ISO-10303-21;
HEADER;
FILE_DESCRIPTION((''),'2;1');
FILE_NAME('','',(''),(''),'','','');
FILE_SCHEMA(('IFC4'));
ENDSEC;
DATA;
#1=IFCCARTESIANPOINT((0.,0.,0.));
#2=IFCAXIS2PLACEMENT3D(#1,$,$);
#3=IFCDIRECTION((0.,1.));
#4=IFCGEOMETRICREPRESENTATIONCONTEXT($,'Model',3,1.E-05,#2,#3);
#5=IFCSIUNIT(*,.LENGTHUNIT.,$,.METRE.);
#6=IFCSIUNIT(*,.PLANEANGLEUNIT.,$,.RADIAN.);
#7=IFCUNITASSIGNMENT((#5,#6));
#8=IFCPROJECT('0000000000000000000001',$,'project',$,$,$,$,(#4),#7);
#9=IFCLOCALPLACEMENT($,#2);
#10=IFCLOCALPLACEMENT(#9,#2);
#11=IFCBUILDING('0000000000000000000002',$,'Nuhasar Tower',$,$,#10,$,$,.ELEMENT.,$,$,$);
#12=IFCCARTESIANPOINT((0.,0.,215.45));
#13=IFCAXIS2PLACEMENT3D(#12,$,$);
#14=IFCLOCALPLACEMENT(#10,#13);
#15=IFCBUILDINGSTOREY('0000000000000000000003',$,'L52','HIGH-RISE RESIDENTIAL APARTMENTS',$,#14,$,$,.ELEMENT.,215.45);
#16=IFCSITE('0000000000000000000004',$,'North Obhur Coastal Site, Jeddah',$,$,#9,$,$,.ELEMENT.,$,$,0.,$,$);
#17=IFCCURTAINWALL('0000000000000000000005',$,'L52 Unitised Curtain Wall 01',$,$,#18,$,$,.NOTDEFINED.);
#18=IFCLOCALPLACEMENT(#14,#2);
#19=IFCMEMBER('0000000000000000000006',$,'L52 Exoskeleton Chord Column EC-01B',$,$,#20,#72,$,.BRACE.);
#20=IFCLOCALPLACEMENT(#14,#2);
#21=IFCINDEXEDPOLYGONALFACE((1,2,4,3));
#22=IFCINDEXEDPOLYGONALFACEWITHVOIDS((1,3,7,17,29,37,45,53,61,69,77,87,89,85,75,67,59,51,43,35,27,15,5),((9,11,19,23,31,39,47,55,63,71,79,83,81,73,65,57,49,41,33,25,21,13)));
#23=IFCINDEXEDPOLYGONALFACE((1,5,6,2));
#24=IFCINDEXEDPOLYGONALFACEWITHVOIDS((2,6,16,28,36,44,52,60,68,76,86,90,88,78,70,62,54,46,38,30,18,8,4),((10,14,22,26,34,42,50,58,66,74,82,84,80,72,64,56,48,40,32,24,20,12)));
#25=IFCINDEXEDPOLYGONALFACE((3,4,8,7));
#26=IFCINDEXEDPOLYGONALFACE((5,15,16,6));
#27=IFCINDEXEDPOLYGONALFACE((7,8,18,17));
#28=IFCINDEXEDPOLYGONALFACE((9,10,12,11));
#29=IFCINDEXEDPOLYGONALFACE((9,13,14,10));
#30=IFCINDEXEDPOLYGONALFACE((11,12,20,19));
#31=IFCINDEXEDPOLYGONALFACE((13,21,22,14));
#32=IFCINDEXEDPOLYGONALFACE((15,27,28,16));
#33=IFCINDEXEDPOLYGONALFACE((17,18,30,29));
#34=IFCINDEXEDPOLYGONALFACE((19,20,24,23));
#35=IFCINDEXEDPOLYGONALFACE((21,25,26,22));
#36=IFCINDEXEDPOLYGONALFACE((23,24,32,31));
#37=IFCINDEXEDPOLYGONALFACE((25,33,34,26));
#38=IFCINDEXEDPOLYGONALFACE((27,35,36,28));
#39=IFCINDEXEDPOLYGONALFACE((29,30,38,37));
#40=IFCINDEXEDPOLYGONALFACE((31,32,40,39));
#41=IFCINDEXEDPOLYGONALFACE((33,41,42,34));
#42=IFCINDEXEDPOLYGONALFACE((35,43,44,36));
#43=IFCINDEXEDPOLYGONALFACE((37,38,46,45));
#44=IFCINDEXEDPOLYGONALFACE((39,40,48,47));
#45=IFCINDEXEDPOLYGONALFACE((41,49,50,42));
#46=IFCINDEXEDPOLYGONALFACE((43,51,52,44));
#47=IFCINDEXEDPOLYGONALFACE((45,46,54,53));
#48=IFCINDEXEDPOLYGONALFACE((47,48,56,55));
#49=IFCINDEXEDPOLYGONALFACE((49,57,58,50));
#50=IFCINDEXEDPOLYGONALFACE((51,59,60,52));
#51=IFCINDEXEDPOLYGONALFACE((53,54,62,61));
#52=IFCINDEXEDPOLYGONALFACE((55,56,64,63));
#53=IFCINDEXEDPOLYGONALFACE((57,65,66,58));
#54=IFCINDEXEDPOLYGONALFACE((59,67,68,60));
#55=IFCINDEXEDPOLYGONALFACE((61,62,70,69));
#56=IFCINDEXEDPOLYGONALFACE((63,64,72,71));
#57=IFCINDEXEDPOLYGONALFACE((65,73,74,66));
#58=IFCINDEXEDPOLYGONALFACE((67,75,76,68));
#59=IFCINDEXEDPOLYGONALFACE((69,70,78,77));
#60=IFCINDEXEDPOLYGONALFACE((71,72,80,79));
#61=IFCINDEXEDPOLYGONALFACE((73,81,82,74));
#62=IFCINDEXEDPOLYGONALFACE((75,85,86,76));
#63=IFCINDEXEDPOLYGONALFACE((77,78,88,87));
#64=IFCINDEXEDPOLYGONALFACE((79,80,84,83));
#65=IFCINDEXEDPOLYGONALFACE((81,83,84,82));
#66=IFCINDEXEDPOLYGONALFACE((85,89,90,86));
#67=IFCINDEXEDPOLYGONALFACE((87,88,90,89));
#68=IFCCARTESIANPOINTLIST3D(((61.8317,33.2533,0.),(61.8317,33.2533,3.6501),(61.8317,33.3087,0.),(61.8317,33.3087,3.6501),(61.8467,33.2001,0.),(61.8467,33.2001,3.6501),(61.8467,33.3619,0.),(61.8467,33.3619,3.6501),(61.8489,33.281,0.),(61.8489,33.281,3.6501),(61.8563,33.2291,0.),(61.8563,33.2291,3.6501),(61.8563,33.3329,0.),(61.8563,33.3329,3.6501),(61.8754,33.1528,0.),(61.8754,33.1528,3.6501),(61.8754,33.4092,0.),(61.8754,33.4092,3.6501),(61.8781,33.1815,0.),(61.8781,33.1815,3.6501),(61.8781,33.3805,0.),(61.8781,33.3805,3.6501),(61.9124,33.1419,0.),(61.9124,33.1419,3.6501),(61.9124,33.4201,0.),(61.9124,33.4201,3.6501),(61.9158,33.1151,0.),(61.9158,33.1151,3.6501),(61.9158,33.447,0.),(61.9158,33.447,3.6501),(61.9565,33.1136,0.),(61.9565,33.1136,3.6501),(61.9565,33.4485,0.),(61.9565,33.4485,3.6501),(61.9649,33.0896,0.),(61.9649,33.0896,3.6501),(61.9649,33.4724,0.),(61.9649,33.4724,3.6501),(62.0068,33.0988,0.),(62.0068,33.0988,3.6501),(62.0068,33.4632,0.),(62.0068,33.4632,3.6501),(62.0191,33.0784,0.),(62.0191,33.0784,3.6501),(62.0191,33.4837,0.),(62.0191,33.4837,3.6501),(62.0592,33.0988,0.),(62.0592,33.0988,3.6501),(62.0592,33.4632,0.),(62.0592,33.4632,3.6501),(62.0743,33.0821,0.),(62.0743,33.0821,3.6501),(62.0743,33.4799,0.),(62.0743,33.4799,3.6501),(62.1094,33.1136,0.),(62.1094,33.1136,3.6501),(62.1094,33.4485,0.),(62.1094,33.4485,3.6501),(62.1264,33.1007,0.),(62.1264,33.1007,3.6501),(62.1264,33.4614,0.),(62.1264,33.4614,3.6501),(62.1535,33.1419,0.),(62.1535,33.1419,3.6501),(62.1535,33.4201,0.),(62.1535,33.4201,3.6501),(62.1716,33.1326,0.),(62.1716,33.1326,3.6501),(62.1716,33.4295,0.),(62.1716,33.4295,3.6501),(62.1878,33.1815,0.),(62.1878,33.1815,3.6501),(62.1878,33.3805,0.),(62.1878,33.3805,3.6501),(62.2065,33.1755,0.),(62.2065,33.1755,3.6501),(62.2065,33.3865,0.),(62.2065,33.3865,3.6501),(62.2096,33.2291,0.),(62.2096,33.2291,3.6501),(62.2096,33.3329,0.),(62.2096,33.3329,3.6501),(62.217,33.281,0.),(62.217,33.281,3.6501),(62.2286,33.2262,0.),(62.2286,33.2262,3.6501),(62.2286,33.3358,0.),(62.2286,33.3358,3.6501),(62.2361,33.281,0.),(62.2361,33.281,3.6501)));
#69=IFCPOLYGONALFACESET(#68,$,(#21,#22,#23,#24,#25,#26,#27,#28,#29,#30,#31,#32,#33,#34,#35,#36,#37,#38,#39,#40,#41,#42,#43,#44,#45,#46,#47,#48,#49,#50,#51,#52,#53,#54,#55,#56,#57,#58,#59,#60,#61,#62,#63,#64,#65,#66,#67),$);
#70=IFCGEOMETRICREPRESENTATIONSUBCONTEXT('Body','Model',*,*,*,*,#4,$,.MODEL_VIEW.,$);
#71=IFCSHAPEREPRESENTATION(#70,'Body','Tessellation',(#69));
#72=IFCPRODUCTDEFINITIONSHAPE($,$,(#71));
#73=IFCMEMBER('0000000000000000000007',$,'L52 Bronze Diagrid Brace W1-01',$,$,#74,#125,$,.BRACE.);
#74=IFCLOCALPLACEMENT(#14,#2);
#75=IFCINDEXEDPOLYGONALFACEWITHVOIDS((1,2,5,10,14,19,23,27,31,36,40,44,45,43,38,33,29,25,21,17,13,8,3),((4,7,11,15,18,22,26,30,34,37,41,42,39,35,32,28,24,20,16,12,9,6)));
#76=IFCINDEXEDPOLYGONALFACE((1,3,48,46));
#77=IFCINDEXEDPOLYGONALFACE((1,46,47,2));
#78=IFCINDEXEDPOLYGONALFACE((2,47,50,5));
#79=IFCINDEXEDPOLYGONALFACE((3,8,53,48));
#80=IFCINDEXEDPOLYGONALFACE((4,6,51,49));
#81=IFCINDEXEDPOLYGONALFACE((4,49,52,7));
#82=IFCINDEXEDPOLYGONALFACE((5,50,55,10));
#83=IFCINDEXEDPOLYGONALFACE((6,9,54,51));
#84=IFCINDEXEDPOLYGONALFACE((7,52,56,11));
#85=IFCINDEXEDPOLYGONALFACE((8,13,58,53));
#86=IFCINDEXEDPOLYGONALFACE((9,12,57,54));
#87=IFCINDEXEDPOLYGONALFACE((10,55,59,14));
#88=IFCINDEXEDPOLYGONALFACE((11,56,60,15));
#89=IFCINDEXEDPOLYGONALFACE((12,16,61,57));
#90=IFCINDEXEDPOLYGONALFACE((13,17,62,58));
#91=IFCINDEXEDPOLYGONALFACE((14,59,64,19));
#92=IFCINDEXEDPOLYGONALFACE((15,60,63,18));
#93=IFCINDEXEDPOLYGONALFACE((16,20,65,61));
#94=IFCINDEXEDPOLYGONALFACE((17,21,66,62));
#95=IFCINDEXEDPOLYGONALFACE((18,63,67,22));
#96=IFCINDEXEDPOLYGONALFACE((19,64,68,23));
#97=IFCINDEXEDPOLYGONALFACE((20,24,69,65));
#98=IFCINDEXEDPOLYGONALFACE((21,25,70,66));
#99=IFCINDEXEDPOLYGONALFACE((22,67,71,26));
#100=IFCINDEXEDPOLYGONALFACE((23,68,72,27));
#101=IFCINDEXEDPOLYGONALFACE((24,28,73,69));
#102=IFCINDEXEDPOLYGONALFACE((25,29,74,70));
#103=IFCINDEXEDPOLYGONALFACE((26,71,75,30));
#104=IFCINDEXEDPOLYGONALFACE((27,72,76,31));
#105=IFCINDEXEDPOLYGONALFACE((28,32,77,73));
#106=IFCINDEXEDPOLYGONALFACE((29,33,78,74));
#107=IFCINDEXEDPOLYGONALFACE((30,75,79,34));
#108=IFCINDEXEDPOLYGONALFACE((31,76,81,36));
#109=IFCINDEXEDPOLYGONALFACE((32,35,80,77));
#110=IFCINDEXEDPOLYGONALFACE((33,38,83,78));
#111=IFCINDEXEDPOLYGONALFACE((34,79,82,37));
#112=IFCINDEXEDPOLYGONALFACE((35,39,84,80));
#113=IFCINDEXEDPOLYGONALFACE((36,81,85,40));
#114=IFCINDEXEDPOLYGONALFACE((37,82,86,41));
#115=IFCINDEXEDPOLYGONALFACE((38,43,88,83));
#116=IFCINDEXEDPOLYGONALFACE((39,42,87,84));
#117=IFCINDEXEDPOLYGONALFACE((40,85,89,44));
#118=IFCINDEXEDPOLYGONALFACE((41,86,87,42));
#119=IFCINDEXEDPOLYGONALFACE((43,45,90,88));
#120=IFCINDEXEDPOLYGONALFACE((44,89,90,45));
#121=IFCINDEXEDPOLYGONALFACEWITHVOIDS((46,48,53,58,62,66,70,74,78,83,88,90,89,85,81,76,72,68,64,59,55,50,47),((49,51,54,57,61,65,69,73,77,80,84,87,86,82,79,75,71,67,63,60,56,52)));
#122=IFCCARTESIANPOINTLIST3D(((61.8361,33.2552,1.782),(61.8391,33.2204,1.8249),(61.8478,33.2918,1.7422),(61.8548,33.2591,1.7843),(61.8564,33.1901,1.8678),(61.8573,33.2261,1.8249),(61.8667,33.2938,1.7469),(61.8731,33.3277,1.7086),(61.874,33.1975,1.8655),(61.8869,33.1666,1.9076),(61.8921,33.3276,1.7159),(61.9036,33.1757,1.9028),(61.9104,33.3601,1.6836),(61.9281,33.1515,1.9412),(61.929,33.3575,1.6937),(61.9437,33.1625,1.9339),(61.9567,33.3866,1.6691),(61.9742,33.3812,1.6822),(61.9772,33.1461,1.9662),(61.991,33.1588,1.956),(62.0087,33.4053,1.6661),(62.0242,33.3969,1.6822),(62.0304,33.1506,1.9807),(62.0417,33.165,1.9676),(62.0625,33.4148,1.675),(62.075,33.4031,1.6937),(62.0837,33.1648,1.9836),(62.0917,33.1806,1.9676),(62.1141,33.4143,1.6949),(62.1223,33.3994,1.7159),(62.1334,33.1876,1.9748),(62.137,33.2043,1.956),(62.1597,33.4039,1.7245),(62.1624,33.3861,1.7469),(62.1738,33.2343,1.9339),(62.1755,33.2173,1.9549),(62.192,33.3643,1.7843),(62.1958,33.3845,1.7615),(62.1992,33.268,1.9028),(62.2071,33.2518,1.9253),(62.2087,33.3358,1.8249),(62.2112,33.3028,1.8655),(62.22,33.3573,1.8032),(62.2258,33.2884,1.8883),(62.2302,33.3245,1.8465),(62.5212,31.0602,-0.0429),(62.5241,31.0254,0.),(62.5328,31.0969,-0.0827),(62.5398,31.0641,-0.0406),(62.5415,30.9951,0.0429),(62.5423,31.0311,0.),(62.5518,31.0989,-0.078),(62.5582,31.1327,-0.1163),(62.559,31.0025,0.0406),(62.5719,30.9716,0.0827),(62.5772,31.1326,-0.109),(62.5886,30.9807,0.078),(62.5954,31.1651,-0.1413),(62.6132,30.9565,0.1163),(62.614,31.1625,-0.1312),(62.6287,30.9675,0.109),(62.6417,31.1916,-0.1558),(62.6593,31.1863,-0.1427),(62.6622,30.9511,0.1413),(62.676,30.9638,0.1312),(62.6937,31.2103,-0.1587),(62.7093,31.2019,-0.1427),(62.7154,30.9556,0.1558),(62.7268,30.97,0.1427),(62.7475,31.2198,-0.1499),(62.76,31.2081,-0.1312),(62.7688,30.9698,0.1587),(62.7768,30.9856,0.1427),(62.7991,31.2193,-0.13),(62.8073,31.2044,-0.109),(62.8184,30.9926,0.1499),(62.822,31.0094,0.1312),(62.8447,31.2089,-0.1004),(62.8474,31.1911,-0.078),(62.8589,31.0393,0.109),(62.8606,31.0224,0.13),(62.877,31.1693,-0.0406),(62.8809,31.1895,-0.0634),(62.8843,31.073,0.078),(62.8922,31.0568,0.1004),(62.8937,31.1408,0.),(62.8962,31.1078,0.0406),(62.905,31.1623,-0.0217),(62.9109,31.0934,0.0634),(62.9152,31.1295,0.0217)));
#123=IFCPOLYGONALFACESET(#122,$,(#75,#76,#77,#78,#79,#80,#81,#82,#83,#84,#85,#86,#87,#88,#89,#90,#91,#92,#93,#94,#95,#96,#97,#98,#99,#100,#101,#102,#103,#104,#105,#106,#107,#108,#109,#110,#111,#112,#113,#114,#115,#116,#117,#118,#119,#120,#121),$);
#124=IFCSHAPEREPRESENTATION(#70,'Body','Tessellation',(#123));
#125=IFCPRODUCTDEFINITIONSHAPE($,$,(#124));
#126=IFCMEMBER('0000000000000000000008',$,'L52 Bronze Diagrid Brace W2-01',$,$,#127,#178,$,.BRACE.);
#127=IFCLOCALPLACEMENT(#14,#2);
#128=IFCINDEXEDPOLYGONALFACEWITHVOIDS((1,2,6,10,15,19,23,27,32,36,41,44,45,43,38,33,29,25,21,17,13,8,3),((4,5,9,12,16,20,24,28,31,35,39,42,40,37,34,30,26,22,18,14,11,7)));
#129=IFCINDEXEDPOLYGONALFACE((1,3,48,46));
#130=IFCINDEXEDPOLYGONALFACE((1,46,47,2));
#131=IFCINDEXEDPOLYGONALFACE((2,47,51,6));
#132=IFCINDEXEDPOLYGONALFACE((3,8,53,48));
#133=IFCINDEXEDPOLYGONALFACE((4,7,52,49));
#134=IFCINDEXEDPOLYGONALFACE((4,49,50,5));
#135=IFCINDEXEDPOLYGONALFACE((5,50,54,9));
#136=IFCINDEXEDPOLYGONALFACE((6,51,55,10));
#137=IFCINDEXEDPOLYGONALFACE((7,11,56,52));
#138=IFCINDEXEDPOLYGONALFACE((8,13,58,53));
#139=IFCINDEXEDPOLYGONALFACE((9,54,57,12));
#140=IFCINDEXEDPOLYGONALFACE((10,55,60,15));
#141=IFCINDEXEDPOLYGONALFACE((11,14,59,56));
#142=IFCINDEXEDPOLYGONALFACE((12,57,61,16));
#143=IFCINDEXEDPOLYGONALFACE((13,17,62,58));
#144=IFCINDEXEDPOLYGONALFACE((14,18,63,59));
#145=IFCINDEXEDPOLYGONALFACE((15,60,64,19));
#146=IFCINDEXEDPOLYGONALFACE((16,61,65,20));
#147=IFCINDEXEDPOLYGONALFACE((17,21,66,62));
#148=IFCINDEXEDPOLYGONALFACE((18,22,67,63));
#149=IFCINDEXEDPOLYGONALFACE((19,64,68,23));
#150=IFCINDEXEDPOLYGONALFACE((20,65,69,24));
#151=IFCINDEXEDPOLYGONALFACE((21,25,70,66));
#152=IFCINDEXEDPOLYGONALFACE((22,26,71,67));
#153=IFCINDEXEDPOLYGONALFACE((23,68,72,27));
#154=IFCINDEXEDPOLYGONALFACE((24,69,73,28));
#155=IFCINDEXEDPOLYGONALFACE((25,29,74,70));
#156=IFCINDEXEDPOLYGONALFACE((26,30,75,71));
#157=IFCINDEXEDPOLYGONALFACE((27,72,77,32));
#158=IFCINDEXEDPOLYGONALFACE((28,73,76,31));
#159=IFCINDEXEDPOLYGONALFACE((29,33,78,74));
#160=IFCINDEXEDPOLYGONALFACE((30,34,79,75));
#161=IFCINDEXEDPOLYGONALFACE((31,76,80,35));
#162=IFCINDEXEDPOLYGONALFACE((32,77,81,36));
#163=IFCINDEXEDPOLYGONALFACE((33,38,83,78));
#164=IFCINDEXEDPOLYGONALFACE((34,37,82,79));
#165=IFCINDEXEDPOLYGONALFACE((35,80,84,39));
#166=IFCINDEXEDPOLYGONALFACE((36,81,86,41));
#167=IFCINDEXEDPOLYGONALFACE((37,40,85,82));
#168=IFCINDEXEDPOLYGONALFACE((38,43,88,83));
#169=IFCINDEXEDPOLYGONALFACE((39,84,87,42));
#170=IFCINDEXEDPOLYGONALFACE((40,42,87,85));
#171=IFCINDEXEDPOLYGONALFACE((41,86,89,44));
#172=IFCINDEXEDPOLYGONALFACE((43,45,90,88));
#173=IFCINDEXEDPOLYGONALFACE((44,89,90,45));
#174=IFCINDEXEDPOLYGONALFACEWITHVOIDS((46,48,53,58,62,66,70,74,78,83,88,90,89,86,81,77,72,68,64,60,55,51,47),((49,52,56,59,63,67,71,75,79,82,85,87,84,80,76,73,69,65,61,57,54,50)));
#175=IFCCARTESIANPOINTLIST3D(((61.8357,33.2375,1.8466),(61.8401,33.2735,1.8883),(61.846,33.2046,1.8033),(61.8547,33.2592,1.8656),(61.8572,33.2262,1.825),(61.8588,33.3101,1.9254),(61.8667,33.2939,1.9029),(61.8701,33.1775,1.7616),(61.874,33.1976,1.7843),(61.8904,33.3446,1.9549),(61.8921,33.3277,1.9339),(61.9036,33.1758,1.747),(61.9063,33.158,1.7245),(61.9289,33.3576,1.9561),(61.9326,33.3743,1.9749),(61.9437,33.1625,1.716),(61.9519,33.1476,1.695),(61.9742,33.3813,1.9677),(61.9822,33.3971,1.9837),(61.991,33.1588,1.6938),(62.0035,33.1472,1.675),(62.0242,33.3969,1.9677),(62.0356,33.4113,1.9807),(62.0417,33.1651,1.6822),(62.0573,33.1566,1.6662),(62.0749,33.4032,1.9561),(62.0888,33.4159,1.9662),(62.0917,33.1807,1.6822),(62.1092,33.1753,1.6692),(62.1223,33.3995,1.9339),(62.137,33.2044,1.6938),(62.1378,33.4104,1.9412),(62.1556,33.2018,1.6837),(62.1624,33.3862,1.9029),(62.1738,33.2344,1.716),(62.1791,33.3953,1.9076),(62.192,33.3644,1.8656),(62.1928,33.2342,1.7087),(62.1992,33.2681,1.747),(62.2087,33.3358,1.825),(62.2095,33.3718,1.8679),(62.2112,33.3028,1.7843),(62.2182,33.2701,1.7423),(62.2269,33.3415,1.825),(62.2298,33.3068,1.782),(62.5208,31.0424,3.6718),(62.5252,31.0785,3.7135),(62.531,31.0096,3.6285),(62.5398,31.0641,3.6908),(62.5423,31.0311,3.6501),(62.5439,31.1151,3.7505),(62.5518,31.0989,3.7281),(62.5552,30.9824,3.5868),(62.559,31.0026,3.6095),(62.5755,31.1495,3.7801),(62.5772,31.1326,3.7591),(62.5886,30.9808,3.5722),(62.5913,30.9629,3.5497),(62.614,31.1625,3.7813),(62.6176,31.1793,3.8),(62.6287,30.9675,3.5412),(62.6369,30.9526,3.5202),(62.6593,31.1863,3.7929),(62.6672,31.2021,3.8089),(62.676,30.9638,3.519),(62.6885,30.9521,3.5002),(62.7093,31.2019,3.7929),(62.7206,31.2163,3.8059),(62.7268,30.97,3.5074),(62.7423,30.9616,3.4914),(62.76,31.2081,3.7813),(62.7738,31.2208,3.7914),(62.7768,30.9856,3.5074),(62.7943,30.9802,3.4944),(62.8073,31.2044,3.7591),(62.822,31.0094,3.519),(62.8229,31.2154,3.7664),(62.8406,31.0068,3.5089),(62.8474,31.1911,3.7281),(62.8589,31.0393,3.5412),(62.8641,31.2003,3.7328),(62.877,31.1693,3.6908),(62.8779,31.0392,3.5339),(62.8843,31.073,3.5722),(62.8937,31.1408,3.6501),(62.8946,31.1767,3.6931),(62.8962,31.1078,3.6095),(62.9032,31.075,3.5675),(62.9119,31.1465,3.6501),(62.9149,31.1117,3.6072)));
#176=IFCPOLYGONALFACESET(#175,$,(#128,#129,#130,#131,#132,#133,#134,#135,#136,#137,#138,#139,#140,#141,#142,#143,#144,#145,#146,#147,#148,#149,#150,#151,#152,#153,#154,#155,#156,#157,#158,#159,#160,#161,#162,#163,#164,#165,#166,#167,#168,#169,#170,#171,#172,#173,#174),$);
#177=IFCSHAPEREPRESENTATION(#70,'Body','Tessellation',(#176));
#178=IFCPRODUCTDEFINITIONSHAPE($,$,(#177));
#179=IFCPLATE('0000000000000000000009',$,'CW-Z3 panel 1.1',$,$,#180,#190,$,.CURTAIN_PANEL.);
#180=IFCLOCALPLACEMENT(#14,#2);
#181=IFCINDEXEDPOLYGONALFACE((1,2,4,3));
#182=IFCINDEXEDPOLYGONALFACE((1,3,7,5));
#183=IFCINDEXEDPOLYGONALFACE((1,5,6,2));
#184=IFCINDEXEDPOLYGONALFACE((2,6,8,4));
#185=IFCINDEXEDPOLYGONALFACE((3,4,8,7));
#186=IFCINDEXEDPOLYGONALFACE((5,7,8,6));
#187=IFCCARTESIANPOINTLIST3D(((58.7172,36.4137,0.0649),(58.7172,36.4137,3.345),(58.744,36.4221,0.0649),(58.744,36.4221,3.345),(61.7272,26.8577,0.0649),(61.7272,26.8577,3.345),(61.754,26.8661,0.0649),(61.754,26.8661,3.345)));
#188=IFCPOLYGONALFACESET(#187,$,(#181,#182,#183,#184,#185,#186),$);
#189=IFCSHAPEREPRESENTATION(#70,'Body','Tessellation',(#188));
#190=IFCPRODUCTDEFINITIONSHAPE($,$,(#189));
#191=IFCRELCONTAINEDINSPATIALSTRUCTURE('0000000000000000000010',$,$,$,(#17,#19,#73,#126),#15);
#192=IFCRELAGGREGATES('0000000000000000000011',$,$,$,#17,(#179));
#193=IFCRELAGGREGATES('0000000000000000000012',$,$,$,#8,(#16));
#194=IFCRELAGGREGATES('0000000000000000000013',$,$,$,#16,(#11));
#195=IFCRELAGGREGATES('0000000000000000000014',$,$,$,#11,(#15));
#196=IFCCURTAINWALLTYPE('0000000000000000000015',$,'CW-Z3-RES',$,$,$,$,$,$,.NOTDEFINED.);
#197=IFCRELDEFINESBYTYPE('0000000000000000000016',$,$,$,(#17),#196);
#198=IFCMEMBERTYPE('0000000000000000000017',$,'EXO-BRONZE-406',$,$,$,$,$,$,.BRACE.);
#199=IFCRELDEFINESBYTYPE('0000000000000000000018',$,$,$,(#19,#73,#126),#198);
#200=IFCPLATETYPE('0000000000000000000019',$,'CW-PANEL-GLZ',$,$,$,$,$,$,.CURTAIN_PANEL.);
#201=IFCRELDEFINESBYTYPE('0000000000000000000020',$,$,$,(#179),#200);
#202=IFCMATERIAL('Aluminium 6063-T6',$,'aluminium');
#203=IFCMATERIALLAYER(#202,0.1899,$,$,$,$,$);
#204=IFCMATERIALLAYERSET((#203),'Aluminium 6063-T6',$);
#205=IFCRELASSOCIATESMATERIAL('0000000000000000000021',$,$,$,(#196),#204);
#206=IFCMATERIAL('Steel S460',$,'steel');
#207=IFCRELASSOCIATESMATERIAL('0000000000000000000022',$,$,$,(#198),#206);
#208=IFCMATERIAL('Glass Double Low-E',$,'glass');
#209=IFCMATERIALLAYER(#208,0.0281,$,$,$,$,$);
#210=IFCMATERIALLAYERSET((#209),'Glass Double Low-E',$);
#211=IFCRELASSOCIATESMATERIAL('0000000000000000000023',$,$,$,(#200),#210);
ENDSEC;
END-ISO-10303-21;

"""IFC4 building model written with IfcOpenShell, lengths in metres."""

from ifc_helpers import new_model, si_unit, direction, frame, origin, origin_2d, place, context, subcontext, project, spatial, rectangle, hollow_circle, extrude, material, layer, layer_set, material_profile, profile_set, type_object, element, aggregate, save


model = new_model("IFC4")

# Units and contexts
model_context = context("Model", 3, precision=1e-05, world=origin(), true_north=direction((0.0, 1.0)))
body_context = subcontext(model_context, "Body", "Model", "MODEL_VIEW")
ifc_project = project(units=[si_unit("LENGTHUNIT", "METRE"), si_unit("PLANEANGLEUNIT", "RADIAN")], contexts=[model_context])

# Site, building, storey
site_placement = place(None, origin())
site = spatial("IfcSite", under=ifc_project, at=site_placement, Name="North Obhur Coastal Site, Jeddah", CompositionType="ELEMENT", RefElevation=0.0)
building_placement = place(site_placement, origin())
building = spatial("IfcBuilding", under=site, at=building_placement, Name="Nuhasar Tower", CompositionType="ELEMENT")
storey_placement = place(building_placement, frame((0.0, 0.0, 215.45)))
storey = spatial("IfcBuildingStorey", under=building, at=storey_placement, Name="L52", Description="HIGH-RISE RESIDENTIAL APARTMENTS", CompositionType="ELEMENT", Elevation=215.45)

# Curtain wall
ifc_material_1 = material(Name="Aluminium 6063-T6", Category="aluminium")
ifc_layer_1 = layer(ifc_material_1, 0.1899)
ifc_layer_set_1 = layer_set([ifc_layer_1], Name="Aluminium 6063-T6")
curtain_wall_type = type_object("IfcCurtainWallType", Name="CW-Z3-RES", PredefinedType="NOTDEFINED", material=ifc_layer_set_1)
curtain_wall_1_placement = place(storey_placement, origin())
curtain_wall_1 = element("IfcCurtainWall", 1, at=curtain_wall_1_placement, inside=storey, type_object=curtain_wall_type, Name="L52 Unitised Curtain Wall 01", PredefinedType="NOTDEFINED")

# Members
ifc_material_2 = material(Name="Steel S460", Category="steel")
ifc_material_profile_1 = material_profile(ifc_material_2, hollow_circle(Radius=0.2031, WallThickness=0.019, at=origin_2d()), Name="HSS406.4X19.1")
ifc_profile_set_1 = profile_set([ifc_material_profile_1], Name="Steel S460")
member_type_1 = type_object("IfcMemberType", Name="EXO-BRONZE-406", PredefinedType="BRACE", material=ifc_profile_set_1)
for number, where, z_axis, x_axis, name in (
    (2, (62.033, 33.281, 0.0), (0.0, 0.0, 1.0), (1.0, 0.0, 0.0), "L52 Exoskeleton Chord Column EC-01B"),
):
    element("IfcMember", number, at=place(storey_placement, frame(where, z_axis=z_axis, x_axis=x_axis)), inside=storey, type_object=member_type_1, Name=name, PredefinedType="BRACE", context=body_context, shape_type="SweptSolid", body=[
        extrude(hollow_circle(Radius=0.2031, WallThickness=0.019, at=origin_2d()), origin(), (0.0, 0.0, 1.0), 3.6501),
    ])
member_1_placement = place(storey_placement, frame((62.718, 31.0859, 0.0), z_axis=(-0.233358, 0.747727, 0.62165), x_axis=(-0.954591, -0.297918, 0.0)))
element("IfcMember", 3, at=member_1_placement, inside=storey, type_object=member_type_1, Name="L52 Bronze Diagrid Brace W1-01", PredefinedType="BRACE", context=body_context, shape_type="SweptSolid", body=[
    extrude(hollow_circle(Radius=0.2031, WallThickness=0.019, at=origin_2d()), origin(), (0.0, 0.0, 1.0), 2.9355),
])
member_2_placement = place(storey_placement, frame((62.033, 33.281, 1.825), z_axis=(0.233346, -0.747688, 0.621701), x_axis=(0.954591, 0.297918, 0.0)))
element("IfcMember", 4, at=member_2_placement, inside=storey, type_object=member_type_1, Name="L52 Bronze Diagrid Brace W2-01", PredefinedType="BRACE", context=body_context, shape_type="SweptSolid", body=[
    extrude(hollow_circle(Radius=0.2031, WallThickness=0.019, at=origin_2d()), origin(), (0.0, 0.0, 1.0), 2.9358),
])

# Plate
ifc_material_3 = material(Name="Glass Double Low-E", Category="glass")
ifc_layer_2 = layer(ifc_material_3, 0.0281)
ifc_layer_set_2 = layer_set([ifc_layer_2], Name="Glass Double Low-E")
plate_type = type_object("IfcPlateType", Name="CW-PANEL-GLZ", PredefinedType="CURTAIN_PANEL", material=ifc_layer_set_2)
plate_placement = place(storey_placement, frame((60.2356, 31.6399, 0.0649), z_axis=(0.0, 0.0, 1.0), x_axis=(-0.300429, 0.953804, 0.0)))
plate = element("IfcPlate", 5, at=plate_placement, type_object=plate_type, Name="CW-Z3 panel 1.1", PredefinedType="CURTAIN_PANEL", context=body_context, shape_type="SweptSolid", body=[
    extrude(rectangle(XDim=10.0188, YDim=0.0281, at=origin_2d()), origin(), (0.0, 0.0, 1.0), 3.28),
])
aggregate(curtain_wall_1, [plate])

save(model, "model.ifc")
